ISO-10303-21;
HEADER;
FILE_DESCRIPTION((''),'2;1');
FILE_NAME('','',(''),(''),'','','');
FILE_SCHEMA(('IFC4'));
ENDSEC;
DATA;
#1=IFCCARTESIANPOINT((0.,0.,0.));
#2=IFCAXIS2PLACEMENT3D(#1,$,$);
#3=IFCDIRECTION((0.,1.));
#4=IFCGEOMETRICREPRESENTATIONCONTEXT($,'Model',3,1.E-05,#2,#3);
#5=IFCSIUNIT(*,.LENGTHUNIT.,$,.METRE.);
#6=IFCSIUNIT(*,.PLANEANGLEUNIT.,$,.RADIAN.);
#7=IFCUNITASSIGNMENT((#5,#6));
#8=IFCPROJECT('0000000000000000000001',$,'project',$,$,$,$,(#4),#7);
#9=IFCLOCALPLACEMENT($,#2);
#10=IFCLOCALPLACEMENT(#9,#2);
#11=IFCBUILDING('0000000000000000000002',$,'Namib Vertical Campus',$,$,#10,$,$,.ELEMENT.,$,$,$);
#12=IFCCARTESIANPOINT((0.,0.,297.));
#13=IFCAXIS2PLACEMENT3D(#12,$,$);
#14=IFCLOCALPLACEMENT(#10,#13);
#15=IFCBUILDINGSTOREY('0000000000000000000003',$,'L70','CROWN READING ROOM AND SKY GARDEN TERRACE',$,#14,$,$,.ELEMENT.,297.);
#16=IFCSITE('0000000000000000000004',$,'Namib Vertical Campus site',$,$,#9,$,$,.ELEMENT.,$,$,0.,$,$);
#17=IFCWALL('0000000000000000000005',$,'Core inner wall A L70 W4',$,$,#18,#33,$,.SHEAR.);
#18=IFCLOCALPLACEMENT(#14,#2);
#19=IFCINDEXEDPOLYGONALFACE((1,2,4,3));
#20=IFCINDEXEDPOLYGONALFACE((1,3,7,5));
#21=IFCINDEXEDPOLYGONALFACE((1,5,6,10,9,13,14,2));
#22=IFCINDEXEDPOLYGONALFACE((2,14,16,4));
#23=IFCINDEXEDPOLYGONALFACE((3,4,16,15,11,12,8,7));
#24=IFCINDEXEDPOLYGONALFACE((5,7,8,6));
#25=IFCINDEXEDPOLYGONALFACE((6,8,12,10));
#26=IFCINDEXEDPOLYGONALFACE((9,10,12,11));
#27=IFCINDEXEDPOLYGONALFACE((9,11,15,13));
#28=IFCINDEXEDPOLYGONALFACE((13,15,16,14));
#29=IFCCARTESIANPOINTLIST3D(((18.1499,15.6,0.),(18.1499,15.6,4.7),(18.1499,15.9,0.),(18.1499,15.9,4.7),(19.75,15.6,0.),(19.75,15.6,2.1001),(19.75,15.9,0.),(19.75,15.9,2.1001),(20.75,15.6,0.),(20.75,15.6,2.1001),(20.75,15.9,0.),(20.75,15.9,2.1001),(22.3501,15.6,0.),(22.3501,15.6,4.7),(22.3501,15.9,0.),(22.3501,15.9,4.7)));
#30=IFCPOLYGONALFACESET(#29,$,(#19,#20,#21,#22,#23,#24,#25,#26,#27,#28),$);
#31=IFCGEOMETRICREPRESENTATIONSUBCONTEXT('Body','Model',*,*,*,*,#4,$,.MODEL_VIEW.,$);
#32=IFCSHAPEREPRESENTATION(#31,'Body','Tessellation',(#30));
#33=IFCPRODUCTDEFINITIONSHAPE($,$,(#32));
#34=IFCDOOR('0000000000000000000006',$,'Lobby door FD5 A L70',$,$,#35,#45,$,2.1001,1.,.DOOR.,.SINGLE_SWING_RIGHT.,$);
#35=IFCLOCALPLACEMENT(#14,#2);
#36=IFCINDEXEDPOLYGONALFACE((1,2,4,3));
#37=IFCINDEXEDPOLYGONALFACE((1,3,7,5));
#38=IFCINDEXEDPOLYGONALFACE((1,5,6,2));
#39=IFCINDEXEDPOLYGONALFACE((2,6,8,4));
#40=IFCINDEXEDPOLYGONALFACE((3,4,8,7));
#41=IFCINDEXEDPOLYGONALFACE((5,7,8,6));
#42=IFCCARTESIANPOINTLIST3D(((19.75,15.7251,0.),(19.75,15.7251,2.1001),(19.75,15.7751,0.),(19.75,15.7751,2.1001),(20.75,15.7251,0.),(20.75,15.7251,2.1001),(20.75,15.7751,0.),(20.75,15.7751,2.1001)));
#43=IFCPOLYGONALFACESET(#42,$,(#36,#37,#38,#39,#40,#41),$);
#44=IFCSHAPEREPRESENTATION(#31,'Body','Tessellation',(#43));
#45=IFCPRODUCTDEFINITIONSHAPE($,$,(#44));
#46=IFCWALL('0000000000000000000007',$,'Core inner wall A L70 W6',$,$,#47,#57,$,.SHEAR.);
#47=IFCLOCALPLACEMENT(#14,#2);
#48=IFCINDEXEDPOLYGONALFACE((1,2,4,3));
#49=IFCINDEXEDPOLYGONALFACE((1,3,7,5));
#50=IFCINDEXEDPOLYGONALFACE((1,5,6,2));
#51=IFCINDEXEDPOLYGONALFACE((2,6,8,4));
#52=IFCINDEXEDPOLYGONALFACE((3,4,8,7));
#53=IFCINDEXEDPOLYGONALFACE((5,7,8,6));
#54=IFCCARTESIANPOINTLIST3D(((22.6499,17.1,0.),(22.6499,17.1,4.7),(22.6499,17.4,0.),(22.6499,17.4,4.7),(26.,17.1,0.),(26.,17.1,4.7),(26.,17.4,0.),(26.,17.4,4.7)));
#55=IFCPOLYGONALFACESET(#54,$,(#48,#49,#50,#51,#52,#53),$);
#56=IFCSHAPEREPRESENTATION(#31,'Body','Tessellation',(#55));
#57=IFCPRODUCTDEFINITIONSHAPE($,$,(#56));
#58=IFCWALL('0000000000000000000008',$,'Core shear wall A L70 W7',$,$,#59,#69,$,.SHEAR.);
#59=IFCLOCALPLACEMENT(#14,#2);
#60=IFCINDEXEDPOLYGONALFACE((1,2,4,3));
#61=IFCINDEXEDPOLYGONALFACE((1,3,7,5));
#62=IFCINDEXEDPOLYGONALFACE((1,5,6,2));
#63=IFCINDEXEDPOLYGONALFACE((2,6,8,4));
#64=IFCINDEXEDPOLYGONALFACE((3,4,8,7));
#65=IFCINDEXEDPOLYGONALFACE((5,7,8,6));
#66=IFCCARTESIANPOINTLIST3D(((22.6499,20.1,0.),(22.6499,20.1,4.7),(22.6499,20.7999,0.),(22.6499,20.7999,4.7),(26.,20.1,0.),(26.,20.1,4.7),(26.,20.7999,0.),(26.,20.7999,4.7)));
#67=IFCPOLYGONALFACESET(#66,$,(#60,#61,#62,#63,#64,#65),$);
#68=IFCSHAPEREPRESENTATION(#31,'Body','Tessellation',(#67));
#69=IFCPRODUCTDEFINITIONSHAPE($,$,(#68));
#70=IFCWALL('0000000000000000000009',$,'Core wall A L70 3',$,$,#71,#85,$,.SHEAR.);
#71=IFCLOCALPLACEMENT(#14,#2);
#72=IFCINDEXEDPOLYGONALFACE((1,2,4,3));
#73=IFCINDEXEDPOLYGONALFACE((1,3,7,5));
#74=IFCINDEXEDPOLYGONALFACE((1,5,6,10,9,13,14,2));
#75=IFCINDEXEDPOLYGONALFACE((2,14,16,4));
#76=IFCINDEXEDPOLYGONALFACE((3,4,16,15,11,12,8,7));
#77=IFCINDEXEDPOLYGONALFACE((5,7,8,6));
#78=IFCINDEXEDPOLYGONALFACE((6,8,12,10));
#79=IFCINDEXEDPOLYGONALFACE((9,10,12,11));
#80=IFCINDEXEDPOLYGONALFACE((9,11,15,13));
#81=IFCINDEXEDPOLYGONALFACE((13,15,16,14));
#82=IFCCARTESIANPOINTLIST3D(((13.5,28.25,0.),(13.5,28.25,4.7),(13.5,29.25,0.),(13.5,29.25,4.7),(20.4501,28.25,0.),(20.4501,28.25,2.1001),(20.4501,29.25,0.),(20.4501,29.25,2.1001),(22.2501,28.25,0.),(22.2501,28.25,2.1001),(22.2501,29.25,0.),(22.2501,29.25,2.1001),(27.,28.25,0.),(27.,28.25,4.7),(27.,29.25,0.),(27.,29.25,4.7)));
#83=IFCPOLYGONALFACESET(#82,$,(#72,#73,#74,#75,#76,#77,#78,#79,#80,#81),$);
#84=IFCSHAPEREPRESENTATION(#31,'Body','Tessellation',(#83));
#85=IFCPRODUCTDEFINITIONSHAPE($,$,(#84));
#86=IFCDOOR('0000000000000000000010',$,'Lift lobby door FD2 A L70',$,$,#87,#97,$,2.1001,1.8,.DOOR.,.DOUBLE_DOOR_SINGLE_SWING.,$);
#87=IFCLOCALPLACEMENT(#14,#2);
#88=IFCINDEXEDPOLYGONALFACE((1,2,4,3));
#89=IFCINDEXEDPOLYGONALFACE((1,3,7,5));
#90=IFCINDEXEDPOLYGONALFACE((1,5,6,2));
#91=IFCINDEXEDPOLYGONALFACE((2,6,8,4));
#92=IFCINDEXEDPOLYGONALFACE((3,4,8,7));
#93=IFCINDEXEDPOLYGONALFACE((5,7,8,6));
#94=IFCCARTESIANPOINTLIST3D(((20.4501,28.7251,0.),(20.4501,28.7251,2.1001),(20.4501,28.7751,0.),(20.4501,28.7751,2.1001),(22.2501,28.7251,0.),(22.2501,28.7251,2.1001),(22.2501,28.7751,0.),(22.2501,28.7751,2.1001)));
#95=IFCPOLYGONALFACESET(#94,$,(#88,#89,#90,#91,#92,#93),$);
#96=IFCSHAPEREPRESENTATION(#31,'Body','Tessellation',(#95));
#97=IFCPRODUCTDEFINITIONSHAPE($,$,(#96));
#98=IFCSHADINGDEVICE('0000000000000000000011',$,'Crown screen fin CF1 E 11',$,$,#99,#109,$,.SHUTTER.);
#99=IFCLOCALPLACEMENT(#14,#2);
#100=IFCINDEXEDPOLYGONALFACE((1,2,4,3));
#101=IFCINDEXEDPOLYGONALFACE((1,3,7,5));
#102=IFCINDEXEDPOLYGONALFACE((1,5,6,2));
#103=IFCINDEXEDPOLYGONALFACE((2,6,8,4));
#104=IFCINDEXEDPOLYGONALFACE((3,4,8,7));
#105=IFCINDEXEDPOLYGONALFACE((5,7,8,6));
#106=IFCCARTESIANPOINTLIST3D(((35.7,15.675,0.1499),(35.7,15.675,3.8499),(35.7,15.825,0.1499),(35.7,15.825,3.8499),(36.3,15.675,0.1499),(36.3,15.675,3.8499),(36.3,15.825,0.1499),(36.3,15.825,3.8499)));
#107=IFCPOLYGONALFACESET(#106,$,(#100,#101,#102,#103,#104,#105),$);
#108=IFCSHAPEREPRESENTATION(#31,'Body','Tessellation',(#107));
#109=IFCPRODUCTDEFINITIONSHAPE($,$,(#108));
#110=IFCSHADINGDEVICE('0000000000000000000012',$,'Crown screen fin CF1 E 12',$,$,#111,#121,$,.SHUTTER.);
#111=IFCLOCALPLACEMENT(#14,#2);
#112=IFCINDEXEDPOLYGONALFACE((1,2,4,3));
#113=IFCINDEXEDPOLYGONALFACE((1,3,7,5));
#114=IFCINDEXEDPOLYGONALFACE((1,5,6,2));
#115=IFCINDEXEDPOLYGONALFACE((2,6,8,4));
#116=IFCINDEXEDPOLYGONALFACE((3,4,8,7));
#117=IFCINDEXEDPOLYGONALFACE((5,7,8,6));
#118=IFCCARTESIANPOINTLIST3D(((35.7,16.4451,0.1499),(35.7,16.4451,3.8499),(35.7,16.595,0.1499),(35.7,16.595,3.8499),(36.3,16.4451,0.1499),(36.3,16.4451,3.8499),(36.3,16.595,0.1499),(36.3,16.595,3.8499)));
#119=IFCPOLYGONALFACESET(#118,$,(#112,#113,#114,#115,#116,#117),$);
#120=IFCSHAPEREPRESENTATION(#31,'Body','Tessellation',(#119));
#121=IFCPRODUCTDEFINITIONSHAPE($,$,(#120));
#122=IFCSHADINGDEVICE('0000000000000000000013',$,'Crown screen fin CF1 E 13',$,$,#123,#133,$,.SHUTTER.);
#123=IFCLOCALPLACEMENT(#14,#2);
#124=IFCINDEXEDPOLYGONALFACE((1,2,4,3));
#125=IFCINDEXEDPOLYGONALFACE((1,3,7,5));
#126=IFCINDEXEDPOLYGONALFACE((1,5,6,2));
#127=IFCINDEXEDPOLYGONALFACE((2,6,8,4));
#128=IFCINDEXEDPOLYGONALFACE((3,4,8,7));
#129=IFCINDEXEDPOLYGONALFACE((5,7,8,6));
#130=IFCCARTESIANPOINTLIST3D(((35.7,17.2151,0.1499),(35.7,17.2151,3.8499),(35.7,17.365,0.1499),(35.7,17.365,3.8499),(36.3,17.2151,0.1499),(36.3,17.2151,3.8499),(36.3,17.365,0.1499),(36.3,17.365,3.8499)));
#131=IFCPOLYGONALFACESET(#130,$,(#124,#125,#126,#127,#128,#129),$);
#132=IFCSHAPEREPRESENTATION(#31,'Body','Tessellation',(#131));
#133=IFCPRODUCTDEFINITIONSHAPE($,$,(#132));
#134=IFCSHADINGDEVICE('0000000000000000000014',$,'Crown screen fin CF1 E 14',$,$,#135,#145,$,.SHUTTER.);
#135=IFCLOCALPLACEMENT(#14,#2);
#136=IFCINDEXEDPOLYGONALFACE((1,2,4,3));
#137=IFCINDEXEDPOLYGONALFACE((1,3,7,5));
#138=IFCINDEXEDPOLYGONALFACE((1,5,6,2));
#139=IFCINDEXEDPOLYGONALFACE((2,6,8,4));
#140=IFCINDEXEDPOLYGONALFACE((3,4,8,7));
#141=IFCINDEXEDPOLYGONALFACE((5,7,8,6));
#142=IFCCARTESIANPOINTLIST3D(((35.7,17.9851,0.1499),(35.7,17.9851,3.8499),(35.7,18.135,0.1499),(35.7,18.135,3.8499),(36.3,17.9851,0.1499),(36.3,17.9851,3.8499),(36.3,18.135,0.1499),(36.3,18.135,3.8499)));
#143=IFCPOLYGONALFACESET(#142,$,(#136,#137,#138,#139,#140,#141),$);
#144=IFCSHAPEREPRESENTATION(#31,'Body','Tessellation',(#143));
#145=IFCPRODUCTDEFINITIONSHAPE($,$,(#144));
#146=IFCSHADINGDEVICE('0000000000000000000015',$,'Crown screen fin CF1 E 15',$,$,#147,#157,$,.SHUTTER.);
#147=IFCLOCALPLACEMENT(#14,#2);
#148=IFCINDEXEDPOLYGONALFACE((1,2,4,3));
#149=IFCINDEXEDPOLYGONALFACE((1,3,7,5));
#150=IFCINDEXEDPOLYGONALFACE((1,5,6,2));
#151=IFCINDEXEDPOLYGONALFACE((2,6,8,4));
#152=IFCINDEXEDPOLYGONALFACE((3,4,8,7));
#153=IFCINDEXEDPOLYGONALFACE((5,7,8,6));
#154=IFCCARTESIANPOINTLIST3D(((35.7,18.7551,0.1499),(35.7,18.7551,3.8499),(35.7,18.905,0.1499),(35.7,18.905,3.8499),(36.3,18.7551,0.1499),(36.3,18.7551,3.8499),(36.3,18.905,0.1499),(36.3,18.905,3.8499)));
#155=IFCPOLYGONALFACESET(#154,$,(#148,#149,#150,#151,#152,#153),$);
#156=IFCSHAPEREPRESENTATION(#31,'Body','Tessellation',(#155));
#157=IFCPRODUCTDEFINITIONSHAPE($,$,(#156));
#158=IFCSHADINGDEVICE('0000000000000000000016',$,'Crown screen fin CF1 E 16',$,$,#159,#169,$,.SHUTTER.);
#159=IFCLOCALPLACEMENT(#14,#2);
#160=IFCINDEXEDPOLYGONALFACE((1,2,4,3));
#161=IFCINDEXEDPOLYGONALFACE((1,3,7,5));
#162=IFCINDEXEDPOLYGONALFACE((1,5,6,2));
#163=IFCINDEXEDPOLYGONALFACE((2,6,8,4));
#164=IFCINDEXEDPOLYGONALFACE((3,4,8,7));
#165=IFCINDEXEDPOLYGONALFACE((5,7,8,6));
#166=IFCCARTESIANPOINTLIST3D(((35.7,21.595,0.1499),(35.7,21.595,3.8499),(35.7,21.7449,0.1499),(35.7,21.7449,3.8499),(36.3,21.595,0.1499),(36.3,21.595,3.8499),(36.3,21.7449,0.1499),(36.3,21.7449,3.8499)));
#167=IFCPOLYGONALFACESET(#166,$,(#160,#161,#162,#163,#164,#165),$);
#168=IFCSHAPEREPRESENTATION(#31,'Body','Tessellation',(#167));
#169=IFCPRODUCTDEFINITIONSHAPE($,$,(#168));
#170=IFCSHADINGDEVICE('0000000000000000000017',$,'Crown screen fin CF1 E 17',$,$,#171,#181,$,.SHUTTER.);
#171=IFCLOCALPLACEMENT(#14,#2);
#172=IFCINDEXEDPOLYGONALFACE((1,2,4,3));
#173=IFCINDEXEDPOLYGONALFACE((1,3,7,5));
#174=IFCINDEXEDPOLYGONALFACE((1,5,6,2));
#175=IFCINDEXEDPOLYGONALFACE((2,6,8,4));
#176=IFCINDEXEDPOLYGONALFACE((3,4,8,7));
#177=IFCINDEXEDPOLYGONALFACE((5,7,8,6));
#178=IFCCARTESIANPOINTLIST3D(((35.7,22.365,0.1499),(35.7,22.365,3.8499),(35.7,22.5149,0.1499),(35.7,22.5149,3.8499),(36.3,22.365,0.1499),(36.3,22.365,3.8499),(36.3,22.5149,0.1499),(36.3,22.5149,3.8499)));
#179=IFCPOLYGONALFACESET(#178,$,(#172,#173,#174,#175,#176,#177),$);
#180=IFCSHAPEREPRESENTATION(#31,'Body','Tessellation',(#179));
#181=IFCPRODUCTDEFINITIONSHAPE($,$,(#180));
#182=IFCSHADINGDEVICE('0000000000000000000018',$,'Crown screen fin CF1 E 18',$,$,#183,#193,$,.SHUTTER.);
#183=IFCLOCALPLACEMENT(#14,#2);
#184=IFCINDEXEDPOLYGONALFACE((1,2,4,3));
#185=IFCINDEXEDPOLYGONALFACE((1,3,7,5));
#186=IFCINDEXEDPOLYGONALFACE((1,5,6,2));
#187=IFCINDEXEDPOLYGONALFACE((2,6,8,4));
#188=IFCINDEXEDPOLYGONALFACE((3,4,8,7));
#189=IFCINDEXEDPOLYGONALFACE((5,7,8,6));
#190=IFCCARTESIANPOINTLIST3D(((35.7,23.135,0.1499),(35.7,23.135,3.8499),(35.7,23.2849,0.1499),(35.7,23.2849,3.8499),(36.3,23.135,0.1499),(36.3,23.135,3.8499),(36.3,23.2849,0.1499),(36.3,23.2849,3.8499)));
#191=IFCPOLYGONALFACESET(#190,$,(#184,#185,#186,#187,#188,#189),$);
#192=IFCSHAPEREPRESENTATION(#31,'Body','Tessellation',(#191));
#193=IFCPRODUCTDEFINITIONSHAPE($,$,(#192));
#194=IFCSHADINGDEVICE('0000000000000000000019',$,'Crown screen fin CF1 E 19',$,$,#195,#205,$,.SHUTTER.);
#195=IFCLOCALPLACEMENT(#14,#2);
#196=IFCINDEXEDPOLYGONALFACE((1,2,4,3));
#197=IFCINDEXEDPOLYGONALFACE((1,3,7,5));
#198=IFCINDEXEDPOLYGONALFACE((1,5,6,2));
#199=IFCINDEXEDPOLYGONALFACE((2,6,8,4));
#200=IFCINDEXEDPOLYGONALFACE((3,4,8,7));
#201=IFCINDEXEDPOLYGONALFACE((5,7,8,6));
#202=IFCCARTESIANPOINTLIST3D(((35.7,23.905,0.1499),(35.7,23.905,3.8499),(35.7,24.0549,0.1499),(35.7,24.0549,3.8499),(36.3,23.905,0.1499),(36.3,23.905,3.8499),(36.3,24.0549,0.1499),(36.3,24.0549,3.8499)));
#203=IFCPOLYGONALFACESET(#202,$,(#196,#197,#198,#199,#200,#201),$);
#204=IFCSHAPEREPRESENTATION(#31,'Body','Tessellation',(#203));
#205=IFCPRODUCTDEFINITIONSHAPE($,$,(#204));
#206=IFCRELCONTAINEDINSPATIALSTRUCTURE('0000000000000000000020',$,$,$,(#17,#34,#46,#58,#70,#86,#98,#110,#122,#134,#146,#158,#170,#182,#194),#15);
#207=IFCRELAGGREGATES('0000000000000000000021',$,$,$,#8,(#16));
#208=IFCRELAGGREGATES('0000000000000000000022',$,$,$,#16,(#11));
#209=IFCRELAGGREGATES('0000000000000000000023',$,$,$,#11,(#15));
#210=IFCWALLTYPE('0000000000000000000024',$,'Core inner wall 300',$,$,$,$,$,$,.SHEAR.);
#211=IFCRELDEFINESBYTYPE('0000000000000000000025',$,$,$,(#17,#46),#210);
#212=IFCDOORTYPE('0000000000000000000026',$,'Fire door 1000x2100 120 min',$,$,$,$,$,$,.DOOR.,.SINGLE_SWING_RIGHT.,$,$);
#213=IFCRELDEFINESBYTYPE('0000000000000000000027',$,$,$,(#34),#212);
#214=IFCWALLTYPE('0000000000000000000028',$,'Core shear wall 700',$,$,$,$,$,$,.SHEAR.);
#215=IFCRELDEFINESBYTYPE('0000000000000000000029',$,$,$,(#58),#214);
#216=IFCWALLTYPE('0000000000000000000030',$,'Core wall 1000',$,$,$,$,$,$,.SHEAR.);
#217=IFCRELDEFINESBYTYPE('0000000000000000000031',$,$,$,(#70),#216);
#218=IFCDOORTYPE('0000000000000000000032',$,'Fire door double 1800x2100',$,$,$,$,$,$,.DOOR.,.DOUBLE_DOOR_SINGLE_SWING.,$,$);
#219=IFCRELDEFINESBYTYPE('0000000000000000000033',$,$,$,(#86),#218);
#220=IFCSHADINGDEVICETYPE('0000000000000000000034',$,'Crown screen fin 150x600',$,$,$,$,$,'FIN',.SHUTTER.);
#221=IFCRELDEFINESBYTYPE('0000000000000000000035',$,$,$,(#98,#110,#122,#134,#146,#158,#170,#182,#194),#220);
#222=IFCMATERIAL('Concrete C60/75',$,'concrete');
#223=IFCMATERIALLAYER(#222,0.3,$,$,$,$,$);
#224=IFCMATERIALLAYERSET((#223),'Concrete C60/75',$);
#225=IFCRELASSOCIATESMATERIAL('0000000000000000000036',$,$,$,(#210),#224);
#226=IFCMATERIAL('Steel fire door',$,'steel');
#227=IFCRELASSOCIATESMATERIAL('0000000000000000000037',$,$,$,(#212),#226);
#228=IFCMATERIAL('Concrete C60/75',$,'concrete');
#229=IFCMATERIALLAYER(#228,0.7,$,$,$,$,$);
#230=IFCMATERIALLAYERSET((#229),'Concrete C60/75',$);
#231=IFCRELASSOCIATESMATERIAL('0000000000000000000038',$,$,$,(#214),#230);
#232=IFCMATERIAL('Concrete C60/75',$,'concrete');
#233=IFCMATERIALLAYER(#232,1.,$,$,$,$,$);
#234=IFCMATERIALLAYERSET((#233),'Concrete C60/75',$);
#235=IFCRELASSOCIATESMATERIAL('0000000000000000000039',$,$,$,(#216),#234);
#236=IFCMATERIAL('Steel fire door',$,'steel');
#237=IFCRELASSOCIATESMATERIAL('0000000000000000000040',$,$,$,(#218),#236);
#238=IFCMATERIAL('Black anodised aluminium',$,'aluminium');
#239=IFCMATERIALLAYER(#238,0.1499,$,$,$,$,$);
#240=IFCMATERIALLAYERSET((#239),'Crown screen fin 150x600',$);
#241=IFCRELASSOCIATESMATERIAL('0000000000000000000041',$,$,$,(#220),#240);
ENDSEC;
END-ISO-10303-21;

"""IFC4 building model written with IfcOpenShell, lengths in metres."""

from ifc_helpers import new_model, si_unit, direction, frame, frame_2d, origin, origin_2d, place, context, subcontext, project, spatial, rectangle, extrude, material, layer, layer_set, type_object, element, fill, save


model = new_model("IFC4")

# Units and contexts
model_context = context("Model", 3, precision=1e-05, world=origin(), true_north=direction((0.0, 1.0)))
body_context = subcontext(model_context, "Body", "Model", "MODEL_VIEW")
ifc_project = project(units=[si_unit("LENGTHUNIT", "METRE"), si_unit("PLANEANGLEUNIT", "RADIAN")], contexts=[model_context])

# Site, building, storey
site_placement = place(None, origin())
site = spatial("IfcSite", under=ifc_project, at=site_placement, Name="Namib Vertical Campus site", CompositionType="ELEMENT", RefElevation=0.0)
building_placement = place(site_placement, origin())
building = spatial("IfcBuilding", under=site, at=building_placement, Name="Namib Vertical Campus", CompositionType="ELEMENT")
storey_placement = place(building_placement, frame((0.0, 0.0, 297.0)))
storey = spatial("IfcBuildingStorey", under=building, at=storey_placement, Name="L70", Description="CROWN READING ROOM AND SKY GARDEN TERRACE", CompositionType="ELEMENT", Elevation=297.0)

# Wall, opening, door
ifc_material_1 = material(Name="Concrete C60/75", Category="concrete")
ifc_layer_1 = layer(ifc_material_1, 0.3)
ifc_layer_set_1 = layer_set([ifc_layer_1], Name="Concrete C60/75")
wall_type_1 = type_object("IfcWallType", Name="Core inner wall 300", PredefinedType="SHEAR", material=ifc_layer_set_1)
wall_1_placement = place(storey_placement, frame((18.1499, 15.75, 0.0), z_axis=(0.0, 0.0, 1.0), x_axis=(1.0, 0.0, 0.0)))
wall_1 = element("IfcWall", 1, at=wall_1_placement, inside=storey, type_object=wall_type_1, Name="Core inner wall A L70 W4", PredefinedType="SHEAR", context=body_context, shape_type="SweptSolid", body=[
    extrude(rectangle(XDim=4.2002, YDim=0.3, at=frame_2d((2.1001, 0.0))), origin(), (0.0, 0.0, 1.0), 4.7),
])
opening_1_placement = place(wall_1_placement, frame((1.6001, 0.0, 0.0)))
opening_1 = element("IfcOpeningElement", 2, at=opening_1_placement, cuts=wall_1, PredefinedType="OPENING", context=body_context, shape_type="SweptSolid", body=[
    extrude(rectangle(XDim=1.0, YDim=2.1001, at=frame_2d((0.5, 1.05))), frame((0.0, 0.1599, 0.0), z_axis=(0.0, -1.0, 0.0), x_axis=(1.0, 0.0, 0.0)), (0.0, 0.0, 1.0), 0.3201),
])
ifc_material_2 = material(Name="Steel fire door", Category="steel")
door_type_1 = type_object("IfcDoorType", Name="Fire door 1000x2100 120 min", OperationType="SINGLE_SWING_RIGHT", PredefinedType="DOOR", material=ifc_material_2)
door_1_placement = place(opening_1_placement, frame((1.0, 0.0, 0.0), z_axis=(0.0, 0.0, 1.0), x_axis=(-1.0, 0.0, 0.0)))
door_1 = element("IfcDoor", 3, at=door_1_placement, inside=storey, type_object=door_type_1, Name="Lobby door FD5 A L70", OperationType="SINGLE_SWING_RIGHT", OverallHeight=2.1001, OverallWidth=1.0, PredefinedType="DOOR", context=body_context, shape_type="SweptSolid", body=[
    extrude(rectangle(XDim=1.0, YDim=2.1001, at=frame_2d((0.5, 1.05))), frame((0.0, 0.0249, 0.0), z_axis=(0.0, -1.0, 0.0), x_axis=(1.0, 0.0, 0.0)), (0.0, 0.0, 1.0), 0.05),
])
fill(opening_1, door_1)

# Walls
wall_2_placement = place(storey_placement, frame((22.6499, 17.25, 0.0), z_axis=(0.0, 0.0, 1.0), x_axis=(1.0, 0.0, 0.0)))
element("IfcWall", 4, at=wall_2_placement, inside=storey, type_object=wall_type_1, Name="Core inner wall A L70 W6", PredefinedType="SHEAR", context=body_context, shape_type="SweptSolid", body=[
    extrude(rectangle(XDim=3.3501, YDim=0.3, at=frame_2d((1.675, 0.0))), origin(), (0.0, 0.0, 1.0), 4.7),
])
ifc_material_3 = material(Name="Concrete C60/75", Category="concrete")
ifc_layer_2 = layer(ifc_material_3, 0.7)
ifc_layer_set_2 = layer_set([ifc_layer_2], Name="Concrete C60/75")
wall_type_2 = type_object("IfcWallType", Name="Core shear wall 700", PredefinedType="SHEAR", material=ifc_layer_set_2)
wall_3_placement = place(storey_placement, frame((22.6499, 20.45, 0.0), z_axis=(0.0, 0.0, 1.0), x_axis=(1.0, 0.0, 0.0)))
element("IfcWall", 5, at=wall_3_placement, inside=storey, type_object=wall_type_2, Name="Core shear wall A L70 W7", PredefinedType="SHEAR", context=body_context, shape_type="SweptSolid", body=[
    extrude(rectangle(XDim=3.3501, YDim=0.7, at=frame_2d((1.675, 0.0))), origin(), (0.0, 0.0, 1.0), 4.7),
])

# Wall, opening, door
ifc_material_4 = material(Name="Concrete C60/75", Category="concrete")
ifc_layer_3 = layer(ifc_material_4, 1.0)
ifc_layer_set_3 = layer_set([ifc_layer_3], Name="Concrete C60/75")
wall_type_3 = type_object("IfcWallType", Name="Core wall 1000", PredefinedType="SHEAR", material=ifc_layer_set_3)
wall_4_placement = place(storey_placement, frame((27.0, 28.75, 0.0), z_axis=(0.0, 0.0, 1.0), x_axis=(-1.0, 0.0, 0.0)))
wall_4 = element("IfcWall", 6, at=wall_4_placement, inside=storey, type_object=wall_type_3, Name="Core wall A L70 3", PredefinedType="SHEAR", context=body_context, shape_type="SweptSolid", body=[
    extrude(rectangle(XDim=13.5, YDim=1.0, at=frame_2d((6.75, 0.0))), origin(), (0.0, 0.0, 1.0), 4.7),
])
opening_2_placement = place(wall_4_placement, frame((4.75, 0.0, 0.0)))
opening_2 = element("IfcOpeningElement", 7, at=opening_2_placement, cuts=wall_4, PredefinedType="OPENING", context=body_context, shape_type="SweptSolid", body=[
    extrude(rectangle(XDim=1.8, YDim=2.1001, at=frame_2d((0.8999, 1.05))), frame((0.0, 0.51, 0.0), z_axis=(0.0, -1.0, 0.0), x_axis=(1.0, 0.0, 0.0)), (0.0, 0.0, 1.0), 1.02),
])
ifc_material_5 = material(Name="Steel fire door", Category="steel")
door_type_2 = type_object("IfcDoorType", Name="Fire door double 1800x2100", OperationType="DOUBLE_DOOR_SINGLE_SWING", PredefinedType="DOOR", material=ifc_material_5)
door_2_placement = place(opening_2_placement, origin())
door_2 = element("IfcDoor", 8, at=door_2_placement, inside=storey, type_object=door_type_2, Name="Lift lobby door FD2 A L70", OperationType="DOUBLE_DOOR_SINGLE_SWING", OverallHeight=2.1001, OverallWidth=1.8, PredefinedType="DOOR", context=body_context, shape_type="SweptSolid", body=[
    extrude(rectangle(XDim=1.8, YDim=2.1001, at=frame_2d((0.8999, 1.05))), frame((0.0, 0.0249, 0.0), z_axis=(0.0, -1.0, 0.0), x_axis=(1.0, 0.0, 0.0)), (0.0, 0.0, 1.0), 0.05),
])
fill(opening_2, door_2)

# Shading devices
ifc_material_6 = material(Name="Black anodised aluminium", Category="aluminium")
ifc_layer_4 = layer(ifc_material_6, 0.1499)
ifc_layer_set_4 = layer_set([ifc_layer_4], Name="Crown screen fin 150x600")
shading_device_type = type_object("IfcShadingDeviceType", Name="Crown screen fin 150x600", ElementType="FIN", PredefinedType="SHUTTER", material=ifc_layer_set_4)
for number, where, z_axis, x_axis, name in (
    (9, (36.0, 15.75, 0.1499), (0.0, 0.0, 1.0), (0.0, 1.0, 0.0), "Crown screen fin CF1 E 11"),
    (10, (36.0, 16.52, 0.1499), (0.0, 0.0, 1.0), (0.0, 1.0, 0.0), "Crown screen fin CF1 E 12"),
    (11, (36.0, 17.29, 0.1499), (0.0, 0.0, 1.0), (0.0, 1.0, 0.0), "Crown screen fin CF1 E 13"),
    (12, (36.0, 18.0601, 0.1499), (0.0, 0.0, 1.0), (0.0, 1.0, 0.0), "Crown screen fin CF1 E 14"),
    (13, (36.0, 18.8301, 0.1499), (0.0, 0.0, 1.0), (0.0, 1.0, 0.0), "Crown screen fin CF1 E 15"),
    (14, (36.0, 21.6699, 0.1499), (0.0, 0.0, 1.0), (0.0, 1.0, 0.0), "Crown screen fin CF1 E 16"),
    (15, (36.0, 22.4399, 0.1499), (0.0, 0.0, 1.0), (0.0, 1.0, 0.0), "Crown screen fin CF1 E 17"),
    (16, (36.0, 23.21, 0.1499), (0.0, 0.0, 1.0), (0.0, 1.0, 0.0), "Crown screen fin CF1 E 18"),
    (17, (36.0, 23.98, 0.1499), (0.0, 0.0, 1.0), (0.0, 1.0, 0.0), "Crown screen fin CF1 E 19"),
):
    element("IfcShadingDevice", number, at=place(storey_placement, frame(where, z_axis=z_axis, x_axis=x_axis)), inside=storey, type_object=shading_device_type, Name=name, PredefinedType="SHUTTER", context=body_context, shape_type="SweptSolid", body=[
        extrude(rectangle(XDim=0.1499, YDim=0.6001, at=origin_2d()), origin(), (0.0, 0.0, 1.0), 3.7),
    ])

save(model, "model.ifc")
